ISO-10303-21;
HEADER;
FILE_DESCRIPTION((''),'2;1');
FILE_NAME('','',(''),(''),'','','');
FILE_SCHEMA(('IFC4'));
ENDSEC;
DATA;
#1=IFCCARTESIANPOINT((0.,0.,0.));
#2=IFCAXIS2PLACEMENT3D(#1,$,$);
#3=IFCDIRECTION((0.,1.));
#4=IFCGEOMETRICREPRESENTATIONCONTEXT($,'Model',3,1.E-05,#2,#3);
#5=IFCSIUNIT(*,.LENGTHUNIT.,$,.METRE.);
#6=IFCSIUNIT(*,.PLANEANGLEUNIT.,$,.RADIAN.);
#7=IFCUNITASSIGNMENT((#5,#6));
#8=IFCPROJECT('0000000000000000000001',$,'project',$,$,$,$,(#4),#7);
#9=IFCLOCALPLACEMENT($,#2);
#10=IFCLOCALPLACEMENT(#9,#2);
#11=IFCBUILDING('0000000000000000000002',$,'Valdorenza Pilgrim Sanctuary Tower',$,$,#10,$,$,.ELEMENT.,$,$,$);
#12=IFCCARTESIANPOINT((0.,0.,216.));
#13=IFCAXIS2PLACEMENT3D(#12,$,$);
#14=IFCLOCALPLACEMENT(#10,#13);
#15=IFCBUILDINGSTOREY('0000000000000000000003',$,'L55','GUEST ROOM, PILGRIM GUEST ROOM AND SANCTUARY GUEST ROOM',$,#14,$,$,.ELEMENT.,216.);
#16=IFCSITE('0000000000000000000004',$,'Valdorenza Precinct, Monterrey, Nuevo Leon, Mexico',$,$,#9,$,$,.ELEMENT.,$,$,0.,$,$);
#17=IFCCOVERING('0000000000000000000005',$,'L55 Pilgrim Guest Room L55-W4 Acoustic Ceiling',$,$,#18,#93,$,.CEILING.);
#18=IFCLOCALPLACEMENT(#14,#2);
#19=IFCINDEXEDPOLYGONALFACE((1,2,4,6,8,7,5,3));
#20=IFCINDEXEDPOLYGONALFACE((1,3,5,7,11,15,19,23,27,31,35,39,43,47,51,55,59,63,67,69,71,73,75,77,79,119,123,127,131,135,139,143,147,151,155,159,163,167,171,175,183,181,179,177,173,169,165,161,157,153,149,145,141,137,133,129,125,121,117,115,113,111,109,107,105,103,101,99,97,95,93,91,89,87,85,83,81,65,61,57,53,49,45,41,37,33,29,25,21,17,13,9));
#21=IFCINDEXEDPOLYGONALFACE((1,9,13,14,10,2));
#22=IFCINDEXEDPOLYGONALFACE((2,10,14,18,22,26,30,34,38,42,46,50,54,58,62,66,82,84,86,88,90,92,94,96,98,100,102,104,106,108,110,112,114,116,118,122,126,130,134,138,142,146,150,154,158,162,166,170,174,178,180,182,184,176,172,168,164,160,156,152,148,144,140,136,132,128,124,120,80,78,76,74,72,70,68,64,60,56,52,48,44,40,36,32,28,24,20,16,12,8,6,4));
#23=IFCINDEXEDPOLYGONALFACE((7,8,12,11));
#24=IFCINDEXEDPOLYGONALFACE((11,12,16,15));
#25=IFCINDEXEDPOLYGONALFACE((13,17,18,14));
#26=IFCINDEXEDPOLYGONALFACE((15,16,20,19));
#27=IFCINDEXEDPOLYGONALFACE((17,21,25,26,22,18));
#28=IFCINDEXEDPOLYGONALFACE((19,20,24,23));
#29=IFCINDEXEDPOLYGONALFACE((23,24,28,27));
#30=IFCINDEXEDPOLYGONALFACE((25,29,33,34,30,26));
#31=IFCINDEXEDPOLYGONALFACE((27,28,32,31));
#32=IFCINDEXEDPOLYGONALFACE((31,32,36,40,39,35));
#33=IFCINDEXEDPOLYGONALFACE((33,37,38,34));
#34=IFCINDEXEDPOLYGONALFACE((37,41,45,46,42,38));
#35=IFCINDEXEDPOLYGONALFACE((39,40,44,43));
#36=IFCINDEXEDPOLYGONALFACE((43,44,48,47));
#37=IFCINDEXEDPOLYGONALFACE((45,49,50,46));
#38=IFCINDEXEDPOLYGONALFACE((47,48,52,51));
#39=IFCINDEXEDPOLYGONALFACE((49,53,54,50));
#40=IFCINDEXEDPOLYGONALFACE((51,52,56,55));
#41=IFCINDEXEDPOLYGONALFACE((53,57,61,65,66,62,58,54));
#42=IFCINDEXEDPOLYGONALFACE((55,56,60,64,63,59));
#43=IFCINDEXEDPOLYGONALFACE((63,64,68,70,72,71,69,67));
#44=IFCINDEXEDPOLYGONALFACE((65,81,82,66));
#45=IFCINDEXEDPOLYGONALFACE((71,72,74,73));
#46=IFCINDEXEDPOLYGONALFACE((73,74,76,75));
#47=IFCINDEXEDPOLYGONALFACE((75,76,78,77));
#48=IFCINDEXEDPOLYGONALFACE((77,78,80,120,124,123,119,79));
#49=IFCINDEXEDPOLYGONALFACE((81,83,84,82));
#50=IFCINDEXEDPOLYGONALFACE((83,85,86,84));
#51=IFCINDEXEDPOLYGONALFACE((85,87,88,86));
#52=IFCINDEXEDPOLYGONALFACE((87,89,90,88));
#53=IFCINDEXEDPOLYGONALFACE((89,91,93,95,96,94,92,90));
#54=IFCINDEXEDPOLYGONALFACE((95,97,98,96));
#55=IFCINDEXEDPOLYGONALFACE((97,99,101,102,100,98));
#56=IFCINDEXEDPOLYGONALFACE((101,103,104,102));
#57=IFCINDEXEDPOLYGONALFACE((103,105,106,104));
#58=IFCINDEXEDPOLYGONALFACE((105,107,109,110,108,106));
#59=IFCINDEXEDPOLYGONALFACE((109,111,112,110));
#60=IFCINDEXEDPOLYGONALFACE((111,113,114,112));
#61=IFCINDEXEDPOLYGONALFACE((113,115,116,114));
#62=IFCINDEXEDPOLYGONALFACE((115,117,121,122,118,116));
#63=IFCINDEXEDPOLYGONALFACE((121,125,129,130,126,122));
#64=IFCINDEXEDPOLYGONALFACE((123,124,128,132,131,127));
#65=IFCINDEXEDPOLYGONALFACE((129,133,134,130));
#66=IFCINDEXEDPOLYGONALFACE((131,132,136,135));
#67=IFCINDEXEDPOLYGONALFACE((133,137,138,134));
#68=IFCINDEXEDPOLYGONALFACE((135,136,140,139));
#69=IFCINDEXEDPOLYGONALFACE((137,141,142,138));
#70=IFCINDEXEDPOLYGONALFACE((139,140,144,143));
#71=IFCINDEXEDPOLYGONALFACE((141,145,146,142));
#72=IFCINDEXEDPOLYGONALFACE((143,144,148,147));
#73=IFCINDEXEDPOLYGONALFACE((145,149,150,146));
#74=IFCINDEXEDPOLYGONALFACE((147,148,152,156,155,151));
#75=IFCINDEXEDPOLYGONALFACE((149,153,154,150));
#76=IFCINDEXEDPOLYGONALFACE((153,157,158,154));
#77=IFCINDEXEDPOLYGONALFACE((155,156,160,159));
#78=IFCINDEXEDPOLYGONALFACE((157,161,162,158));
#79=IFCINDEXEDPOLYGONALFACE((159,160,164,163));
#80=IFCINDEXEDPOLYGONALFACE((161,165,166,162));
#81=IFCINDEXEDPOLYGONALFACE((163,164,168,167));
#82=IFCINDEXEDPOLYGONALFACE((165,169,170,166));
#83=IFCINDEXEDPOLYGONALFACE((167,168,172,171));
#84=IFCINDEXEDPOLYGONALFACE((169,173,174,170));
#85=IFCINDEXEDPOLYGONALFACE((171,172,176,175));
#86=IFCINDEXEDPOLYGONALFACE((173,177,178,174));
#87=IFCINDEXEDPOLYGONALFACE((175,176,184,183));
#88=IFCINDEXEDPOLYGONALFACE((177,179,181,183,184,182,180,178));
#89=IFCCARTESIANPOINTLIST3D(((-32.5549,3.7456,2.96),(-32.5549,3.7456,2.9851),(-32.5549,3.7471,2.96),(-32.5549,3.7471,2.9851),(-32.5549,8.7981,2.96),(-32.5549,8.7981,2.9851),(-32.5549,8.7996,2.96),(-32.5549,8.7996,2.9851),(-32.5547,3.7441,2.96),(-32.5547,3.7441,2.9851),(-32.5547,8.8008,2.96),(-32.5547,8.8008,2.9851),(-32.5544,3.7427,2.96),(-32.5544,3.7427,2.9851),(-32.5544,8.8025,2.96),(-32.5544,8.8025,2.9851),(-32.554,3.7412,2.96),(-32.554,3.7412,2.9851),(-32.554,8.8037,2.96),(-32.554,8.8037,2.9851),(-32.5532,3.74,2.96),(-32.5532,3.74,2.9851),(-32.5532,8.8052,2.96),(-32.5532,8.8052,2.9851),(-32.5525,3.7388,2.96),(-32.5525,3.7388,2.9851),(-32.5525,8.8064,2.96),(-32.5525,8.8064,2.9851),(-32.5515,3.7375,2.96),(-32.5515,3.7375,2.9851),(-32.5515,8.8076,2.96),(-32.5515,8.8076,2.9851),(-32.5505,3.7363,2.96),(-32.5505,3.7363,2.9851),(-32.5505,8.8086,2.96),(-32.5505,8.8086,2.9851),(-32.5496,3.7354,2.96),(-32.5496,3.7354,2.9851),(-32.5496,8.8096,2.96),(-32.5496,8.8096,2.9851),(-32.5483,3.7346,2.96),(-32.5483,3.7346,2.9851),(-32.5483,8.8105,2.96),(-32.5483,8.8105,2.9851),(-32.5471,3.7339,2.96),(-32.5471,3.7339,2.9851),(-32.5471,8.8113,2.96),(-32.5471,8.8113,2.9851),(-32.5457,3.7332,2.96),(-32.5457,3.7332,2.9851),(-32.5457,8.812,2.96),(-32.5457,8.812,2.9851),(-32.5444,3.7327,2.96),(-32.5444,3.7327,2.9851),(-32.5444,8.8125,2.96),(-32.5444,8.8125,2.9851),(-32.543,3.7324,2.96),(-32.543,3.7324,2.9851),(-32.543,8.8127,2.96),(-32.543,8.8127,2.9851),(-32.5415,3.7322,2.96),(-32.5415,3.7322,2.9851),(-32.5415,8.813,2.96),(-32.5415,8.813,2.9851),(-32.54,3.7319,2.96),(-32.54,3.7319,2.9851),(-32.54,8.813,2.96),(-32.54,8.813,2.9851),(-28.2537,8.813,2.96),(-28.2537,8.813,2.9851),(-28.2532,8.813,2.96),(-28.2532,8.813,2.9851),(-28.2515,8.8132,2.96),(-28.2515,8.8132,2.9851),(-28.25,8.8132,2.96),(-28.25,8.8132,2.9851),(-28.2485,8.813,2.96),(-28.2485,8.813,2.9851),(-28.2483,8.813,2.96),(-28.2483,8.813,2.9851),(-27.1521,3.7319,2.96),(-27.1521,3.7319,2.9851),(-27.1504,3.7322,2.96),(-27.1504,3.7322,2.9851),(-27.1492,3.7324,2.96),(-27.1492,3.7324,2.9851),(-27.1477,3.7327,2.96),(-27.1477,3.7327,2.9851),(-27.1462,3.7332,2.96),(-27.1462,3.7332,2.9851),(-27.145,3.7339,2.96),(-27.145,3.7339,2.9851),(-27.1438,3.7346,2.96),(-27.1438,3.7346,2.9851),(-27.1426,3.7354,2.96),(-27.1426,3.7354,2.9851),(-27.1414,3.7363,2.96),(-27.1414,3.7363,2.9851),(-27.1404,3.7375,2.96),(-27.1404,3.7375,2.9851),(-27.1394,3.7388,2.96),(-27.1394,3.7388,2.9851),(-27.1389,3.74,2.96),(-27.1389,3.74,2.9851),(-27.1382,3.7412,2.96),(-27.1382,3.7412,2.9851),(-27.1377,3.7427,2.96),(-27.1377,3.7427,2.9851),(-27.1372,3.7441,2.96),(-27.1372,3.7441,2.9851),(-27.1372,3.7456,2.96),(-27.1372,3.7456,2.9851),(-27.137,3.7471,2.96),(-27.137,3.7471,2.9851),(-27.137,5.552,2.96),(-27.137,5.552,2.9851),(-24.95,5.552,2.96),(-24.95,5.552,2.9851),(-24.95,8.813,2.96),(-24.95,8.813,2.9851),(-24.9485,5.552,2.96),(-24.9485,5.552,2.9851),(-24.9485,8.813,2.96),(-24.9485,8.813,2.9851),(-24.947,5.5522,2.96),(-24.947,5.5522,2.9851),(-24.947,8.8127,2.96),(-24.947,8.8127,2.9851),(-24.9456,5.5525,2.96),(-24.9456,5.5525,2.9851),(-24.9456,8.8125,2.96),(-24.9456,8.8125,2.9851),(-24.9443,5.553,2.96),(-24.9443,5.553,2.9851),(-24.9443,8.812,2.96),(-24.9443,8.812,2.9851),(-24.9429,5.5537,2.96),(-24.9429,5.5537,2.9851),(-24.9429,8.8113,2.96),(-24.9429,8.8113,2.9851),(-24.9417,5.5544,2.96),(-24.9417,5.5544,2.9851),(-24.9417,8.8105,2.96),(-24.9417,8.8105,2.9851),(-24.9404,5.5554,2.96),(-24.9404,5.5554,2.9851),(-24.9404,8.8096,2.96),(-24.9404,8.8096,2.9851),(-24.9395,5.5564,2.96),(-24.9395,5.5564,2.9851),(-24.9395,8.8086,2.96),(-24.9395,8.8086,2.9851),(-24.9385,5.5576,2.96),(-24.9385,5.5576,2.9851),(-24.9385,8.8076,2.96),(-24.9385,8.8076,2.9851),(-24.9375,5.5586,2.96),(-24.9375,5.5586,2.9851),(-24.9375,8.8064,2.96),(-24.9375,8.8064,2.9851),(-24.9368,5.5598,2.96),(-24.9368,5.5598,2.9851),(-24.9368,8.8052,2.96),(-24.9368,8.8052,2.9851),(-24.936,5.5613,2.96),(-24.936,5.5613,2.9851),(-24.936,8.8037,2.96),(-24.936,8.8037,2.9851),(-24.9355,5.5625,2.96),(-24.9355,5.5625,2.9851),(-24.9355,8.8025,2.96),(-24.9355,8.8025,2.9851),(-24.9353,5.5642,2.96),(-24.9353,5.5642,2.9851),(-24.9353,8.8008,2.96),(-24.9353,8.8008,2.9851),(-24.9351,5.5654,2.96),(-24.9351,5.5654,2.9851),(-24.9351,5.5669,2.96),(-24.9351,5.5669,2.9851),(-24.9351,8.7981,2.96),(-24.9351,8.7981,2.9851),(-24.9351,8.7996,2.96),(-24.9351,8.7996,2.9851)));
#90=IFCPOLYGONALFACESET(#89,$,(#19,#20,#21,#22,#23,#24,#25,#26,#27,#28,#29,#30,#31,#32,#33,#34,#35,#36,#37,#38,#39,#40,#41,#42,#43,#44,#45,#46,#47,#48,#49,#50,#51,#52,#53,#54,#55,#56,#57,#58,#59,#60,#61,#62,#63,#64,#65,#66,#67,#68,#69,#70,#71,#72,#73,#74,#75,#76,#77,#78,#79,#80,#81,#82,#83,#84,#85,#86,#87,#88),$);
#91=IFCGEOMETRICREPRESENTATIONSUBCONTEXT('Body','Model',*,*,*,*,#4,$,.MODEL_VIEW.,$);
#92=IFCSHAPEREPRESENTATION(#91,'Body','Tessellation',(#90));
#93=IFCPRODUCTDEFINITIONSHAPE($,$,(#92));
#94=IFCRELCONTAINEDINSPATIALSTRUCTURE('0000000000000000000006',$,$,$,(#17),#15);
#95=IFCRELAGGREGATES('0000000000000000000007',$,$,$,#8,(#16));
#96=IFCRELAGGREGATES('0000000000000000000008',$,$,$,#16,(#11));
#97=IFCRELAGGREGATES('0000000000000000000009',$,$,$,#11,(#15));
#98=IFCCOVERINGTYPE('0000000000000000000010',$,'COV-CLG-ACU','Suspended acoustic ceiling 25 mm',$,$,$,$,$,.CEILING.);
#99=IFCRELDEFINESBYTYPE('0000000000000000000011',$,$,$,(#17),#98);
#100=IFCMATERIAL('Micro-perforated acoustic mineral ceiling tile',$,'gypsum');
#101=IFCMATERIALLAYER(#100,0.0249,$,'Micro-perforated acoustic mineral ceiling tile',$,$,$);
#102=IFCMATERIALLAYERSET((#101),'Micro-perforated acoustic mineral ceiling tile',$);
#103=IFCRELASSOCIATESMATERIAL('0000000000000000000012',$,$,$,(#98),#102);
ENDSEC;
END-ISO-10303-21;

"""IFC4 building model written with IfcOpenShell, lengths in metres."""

from ifc_helpers import new_model, si_unit, direction, frame, origin, place, context, subcontext, project, spatial, polyline, outline, extrude, material, layer, layer_set, type_object, element, save


model = new_model("IFC4")

# Units and contexts
model_context = context("Model", 3, precision=1e-05, world=origin(), true_north=direction((0.0, 1.0)))
body_context = subcontext(model_context, "Body", "Model", "MODEL_VIEW")
ifc_project = project(units=[si_unit("LENGTHUNIT", "METRE"), si_unit("PLANEANGLEUNIT", "RADIAN")], contexts=[model_context])

# Site, building, storey
site_placement = place(None, origin())
site = spatial("IfcSite", under=ifc_project, at=site_placement, Name="Valdorenza Precinct, Monterrey, Nuevo Leon, Mexico", CompositionType="ELEMENT", RefElevation=0.0)
building_placement = place(site_placement, origin())
building = spatial("IfcBuilding", under=site, at=building_placement, Name="Valdorenza Pilgrim Sanctuary Tower", CompositionType="ELEMENT")
storey_placement = place(building_placement, frame((0.0, 0.0, 216.0)))
storey = spatial("IfcBuildingStorey", under=building, at=storey_placement, Name="L55", Description="GUEST ROOM, PILGRIM GUEST ROOM AND SANCTUARY GUEST ROOM", CompositionType="ELEMENT", Elevation=216.0)

# Covering
ifc_material_1 = material(Name="Micro-perforated acoustic mineral ceiling tile", Category="gypsum")
ifc_layer_1 = layer(ifc_material_1, 0.0249, Name="Micro-perforated acoustic mineral ceiling tile")
ifc_layer_set_1 = layer_set([ifc_layer_1], Name="Micro-perforated acoustic mineral ceiling tile")
covering_type_1 = type_object("IfcCoveringType", Name="COV-CLG-ACU", Description="Suspended acoustic ceiling 25 mm", PredefinedType="CEILING", material=ifc_layer_set_1)
covering_1_placement = place(storey_placement, frame((0.0, 0.0, 2.96)))
element("IfcCovering", 1, at=covering_1_placement, inside=storey, type_object=covering_type_1, Name="L55 Pilgrim Guest Room L55-W4 Acoustic Ceiling", PredefinedType="CEILING", context=body_context, shape_type="SweptSolid", body=[
    extrude(outline(polyline([(-28.2537, 8.813), (-28.2532, 8.813), (-28.2515, 8.8132), (-28.25, 8.8132), (-28.2485, 8.813), (-28.2483, 8.813), (-24.95, 8.813), (-24.9485, 8.813), (-24.947, 8.8127), (-24.9456, 8.8125), (-24.9443, 8.812), (-24.9429, 8.8113), (-24.9417, 8.8105), (-24.9404, 8.8096), (-24.9395, 8.8086), (-24.9385, 8.8076), (-24.9375, 8.8064), (-24.9368, 8.8052), (-24.936, 8.8037), (-24.9355, 8.8025), (-24.9353, 8.8008), (-24.9351, 8.7996), (-24.9351, 8.7981), (-24.9351, 5.5669), (-24.9351, 5.5654), (-24.9353, 5.5642), (-24.9355, 5.5625), (-24.936, 5.5613), (-24.9368, 5.5598), (-24.9375, 5.5586), (-24.9385, 5.5576), (-24.9395, 5.5564), (-24.9404, 5.5554), (-24.9417, 5.5544), (-24.9429, 5.5537), (-24.9443, 5.553), (-24.9456, 5.5525), (-24.947, 5.5522), (-24.9485, 5.552), (-24.95, 5.552), (-27.137, 5.552), (-27.137, 3.7471), (-27.1372, 3.7456), (-27.1372, 3.7441), (-27.1377, 3.7427), (-27.1382, 3.7412), (-27.1389, 3.74), (-27.1394, 3.7388), (-27.1404, 3.7375), (-27.1414, 3.7363), (-27.1426, 3.7354), (-27.1438, 3.7346), (-27.145, 3.7339), (-27.1462, 3.7332), (-27.1477, 3.7327), (-27.1492, 3.7324), (-27.1504, 3.7322), (-27.1521, 3.7319), (-32.54, 3.7319), (-32.5415, 3.7322), (-32.543, 3.7324), (-32.5444, 3.7327), (-32.5457, 3.7332), (-32.5471, 3.7339), (-32.5483, 3.7346), (-32.5496, 3.7354), (-32.5505, 3.7363), (-32.5515, 3.7375), (-32.5525, 3.7388), (-32.5532, 3.74), (-32.554, 3.7412), (-32.5544, 3.7427), (-32.5547, 3.7441), (-32.5549, 3.7456), (-32.5549, 3.7471), (-32.5549, 8.7981), (-32.5549, 8.7996), (-32.5547, 8.8008), (-32.5544, 8.8025), (-32.554, 8.8037), (-32.5532, 8.8052), (-32.5525, 8.8064), (-32.5515, 8.8076), (-32.5505, 8.8086), (-32.5496, 8.8096), (-32.5483, 8.8105), (-32.5471, 8.8113), (-32.5457, 8.812), (-32.5444, 8.8125), (-32.543, 8.8127), (-32.5415, 8.813), (-32.54, 8.813), (-28.2537, 8.813)])), origin(), (0.0, 0.0, 1.0), 0.0251),
])

save(model, "model.ifc")
